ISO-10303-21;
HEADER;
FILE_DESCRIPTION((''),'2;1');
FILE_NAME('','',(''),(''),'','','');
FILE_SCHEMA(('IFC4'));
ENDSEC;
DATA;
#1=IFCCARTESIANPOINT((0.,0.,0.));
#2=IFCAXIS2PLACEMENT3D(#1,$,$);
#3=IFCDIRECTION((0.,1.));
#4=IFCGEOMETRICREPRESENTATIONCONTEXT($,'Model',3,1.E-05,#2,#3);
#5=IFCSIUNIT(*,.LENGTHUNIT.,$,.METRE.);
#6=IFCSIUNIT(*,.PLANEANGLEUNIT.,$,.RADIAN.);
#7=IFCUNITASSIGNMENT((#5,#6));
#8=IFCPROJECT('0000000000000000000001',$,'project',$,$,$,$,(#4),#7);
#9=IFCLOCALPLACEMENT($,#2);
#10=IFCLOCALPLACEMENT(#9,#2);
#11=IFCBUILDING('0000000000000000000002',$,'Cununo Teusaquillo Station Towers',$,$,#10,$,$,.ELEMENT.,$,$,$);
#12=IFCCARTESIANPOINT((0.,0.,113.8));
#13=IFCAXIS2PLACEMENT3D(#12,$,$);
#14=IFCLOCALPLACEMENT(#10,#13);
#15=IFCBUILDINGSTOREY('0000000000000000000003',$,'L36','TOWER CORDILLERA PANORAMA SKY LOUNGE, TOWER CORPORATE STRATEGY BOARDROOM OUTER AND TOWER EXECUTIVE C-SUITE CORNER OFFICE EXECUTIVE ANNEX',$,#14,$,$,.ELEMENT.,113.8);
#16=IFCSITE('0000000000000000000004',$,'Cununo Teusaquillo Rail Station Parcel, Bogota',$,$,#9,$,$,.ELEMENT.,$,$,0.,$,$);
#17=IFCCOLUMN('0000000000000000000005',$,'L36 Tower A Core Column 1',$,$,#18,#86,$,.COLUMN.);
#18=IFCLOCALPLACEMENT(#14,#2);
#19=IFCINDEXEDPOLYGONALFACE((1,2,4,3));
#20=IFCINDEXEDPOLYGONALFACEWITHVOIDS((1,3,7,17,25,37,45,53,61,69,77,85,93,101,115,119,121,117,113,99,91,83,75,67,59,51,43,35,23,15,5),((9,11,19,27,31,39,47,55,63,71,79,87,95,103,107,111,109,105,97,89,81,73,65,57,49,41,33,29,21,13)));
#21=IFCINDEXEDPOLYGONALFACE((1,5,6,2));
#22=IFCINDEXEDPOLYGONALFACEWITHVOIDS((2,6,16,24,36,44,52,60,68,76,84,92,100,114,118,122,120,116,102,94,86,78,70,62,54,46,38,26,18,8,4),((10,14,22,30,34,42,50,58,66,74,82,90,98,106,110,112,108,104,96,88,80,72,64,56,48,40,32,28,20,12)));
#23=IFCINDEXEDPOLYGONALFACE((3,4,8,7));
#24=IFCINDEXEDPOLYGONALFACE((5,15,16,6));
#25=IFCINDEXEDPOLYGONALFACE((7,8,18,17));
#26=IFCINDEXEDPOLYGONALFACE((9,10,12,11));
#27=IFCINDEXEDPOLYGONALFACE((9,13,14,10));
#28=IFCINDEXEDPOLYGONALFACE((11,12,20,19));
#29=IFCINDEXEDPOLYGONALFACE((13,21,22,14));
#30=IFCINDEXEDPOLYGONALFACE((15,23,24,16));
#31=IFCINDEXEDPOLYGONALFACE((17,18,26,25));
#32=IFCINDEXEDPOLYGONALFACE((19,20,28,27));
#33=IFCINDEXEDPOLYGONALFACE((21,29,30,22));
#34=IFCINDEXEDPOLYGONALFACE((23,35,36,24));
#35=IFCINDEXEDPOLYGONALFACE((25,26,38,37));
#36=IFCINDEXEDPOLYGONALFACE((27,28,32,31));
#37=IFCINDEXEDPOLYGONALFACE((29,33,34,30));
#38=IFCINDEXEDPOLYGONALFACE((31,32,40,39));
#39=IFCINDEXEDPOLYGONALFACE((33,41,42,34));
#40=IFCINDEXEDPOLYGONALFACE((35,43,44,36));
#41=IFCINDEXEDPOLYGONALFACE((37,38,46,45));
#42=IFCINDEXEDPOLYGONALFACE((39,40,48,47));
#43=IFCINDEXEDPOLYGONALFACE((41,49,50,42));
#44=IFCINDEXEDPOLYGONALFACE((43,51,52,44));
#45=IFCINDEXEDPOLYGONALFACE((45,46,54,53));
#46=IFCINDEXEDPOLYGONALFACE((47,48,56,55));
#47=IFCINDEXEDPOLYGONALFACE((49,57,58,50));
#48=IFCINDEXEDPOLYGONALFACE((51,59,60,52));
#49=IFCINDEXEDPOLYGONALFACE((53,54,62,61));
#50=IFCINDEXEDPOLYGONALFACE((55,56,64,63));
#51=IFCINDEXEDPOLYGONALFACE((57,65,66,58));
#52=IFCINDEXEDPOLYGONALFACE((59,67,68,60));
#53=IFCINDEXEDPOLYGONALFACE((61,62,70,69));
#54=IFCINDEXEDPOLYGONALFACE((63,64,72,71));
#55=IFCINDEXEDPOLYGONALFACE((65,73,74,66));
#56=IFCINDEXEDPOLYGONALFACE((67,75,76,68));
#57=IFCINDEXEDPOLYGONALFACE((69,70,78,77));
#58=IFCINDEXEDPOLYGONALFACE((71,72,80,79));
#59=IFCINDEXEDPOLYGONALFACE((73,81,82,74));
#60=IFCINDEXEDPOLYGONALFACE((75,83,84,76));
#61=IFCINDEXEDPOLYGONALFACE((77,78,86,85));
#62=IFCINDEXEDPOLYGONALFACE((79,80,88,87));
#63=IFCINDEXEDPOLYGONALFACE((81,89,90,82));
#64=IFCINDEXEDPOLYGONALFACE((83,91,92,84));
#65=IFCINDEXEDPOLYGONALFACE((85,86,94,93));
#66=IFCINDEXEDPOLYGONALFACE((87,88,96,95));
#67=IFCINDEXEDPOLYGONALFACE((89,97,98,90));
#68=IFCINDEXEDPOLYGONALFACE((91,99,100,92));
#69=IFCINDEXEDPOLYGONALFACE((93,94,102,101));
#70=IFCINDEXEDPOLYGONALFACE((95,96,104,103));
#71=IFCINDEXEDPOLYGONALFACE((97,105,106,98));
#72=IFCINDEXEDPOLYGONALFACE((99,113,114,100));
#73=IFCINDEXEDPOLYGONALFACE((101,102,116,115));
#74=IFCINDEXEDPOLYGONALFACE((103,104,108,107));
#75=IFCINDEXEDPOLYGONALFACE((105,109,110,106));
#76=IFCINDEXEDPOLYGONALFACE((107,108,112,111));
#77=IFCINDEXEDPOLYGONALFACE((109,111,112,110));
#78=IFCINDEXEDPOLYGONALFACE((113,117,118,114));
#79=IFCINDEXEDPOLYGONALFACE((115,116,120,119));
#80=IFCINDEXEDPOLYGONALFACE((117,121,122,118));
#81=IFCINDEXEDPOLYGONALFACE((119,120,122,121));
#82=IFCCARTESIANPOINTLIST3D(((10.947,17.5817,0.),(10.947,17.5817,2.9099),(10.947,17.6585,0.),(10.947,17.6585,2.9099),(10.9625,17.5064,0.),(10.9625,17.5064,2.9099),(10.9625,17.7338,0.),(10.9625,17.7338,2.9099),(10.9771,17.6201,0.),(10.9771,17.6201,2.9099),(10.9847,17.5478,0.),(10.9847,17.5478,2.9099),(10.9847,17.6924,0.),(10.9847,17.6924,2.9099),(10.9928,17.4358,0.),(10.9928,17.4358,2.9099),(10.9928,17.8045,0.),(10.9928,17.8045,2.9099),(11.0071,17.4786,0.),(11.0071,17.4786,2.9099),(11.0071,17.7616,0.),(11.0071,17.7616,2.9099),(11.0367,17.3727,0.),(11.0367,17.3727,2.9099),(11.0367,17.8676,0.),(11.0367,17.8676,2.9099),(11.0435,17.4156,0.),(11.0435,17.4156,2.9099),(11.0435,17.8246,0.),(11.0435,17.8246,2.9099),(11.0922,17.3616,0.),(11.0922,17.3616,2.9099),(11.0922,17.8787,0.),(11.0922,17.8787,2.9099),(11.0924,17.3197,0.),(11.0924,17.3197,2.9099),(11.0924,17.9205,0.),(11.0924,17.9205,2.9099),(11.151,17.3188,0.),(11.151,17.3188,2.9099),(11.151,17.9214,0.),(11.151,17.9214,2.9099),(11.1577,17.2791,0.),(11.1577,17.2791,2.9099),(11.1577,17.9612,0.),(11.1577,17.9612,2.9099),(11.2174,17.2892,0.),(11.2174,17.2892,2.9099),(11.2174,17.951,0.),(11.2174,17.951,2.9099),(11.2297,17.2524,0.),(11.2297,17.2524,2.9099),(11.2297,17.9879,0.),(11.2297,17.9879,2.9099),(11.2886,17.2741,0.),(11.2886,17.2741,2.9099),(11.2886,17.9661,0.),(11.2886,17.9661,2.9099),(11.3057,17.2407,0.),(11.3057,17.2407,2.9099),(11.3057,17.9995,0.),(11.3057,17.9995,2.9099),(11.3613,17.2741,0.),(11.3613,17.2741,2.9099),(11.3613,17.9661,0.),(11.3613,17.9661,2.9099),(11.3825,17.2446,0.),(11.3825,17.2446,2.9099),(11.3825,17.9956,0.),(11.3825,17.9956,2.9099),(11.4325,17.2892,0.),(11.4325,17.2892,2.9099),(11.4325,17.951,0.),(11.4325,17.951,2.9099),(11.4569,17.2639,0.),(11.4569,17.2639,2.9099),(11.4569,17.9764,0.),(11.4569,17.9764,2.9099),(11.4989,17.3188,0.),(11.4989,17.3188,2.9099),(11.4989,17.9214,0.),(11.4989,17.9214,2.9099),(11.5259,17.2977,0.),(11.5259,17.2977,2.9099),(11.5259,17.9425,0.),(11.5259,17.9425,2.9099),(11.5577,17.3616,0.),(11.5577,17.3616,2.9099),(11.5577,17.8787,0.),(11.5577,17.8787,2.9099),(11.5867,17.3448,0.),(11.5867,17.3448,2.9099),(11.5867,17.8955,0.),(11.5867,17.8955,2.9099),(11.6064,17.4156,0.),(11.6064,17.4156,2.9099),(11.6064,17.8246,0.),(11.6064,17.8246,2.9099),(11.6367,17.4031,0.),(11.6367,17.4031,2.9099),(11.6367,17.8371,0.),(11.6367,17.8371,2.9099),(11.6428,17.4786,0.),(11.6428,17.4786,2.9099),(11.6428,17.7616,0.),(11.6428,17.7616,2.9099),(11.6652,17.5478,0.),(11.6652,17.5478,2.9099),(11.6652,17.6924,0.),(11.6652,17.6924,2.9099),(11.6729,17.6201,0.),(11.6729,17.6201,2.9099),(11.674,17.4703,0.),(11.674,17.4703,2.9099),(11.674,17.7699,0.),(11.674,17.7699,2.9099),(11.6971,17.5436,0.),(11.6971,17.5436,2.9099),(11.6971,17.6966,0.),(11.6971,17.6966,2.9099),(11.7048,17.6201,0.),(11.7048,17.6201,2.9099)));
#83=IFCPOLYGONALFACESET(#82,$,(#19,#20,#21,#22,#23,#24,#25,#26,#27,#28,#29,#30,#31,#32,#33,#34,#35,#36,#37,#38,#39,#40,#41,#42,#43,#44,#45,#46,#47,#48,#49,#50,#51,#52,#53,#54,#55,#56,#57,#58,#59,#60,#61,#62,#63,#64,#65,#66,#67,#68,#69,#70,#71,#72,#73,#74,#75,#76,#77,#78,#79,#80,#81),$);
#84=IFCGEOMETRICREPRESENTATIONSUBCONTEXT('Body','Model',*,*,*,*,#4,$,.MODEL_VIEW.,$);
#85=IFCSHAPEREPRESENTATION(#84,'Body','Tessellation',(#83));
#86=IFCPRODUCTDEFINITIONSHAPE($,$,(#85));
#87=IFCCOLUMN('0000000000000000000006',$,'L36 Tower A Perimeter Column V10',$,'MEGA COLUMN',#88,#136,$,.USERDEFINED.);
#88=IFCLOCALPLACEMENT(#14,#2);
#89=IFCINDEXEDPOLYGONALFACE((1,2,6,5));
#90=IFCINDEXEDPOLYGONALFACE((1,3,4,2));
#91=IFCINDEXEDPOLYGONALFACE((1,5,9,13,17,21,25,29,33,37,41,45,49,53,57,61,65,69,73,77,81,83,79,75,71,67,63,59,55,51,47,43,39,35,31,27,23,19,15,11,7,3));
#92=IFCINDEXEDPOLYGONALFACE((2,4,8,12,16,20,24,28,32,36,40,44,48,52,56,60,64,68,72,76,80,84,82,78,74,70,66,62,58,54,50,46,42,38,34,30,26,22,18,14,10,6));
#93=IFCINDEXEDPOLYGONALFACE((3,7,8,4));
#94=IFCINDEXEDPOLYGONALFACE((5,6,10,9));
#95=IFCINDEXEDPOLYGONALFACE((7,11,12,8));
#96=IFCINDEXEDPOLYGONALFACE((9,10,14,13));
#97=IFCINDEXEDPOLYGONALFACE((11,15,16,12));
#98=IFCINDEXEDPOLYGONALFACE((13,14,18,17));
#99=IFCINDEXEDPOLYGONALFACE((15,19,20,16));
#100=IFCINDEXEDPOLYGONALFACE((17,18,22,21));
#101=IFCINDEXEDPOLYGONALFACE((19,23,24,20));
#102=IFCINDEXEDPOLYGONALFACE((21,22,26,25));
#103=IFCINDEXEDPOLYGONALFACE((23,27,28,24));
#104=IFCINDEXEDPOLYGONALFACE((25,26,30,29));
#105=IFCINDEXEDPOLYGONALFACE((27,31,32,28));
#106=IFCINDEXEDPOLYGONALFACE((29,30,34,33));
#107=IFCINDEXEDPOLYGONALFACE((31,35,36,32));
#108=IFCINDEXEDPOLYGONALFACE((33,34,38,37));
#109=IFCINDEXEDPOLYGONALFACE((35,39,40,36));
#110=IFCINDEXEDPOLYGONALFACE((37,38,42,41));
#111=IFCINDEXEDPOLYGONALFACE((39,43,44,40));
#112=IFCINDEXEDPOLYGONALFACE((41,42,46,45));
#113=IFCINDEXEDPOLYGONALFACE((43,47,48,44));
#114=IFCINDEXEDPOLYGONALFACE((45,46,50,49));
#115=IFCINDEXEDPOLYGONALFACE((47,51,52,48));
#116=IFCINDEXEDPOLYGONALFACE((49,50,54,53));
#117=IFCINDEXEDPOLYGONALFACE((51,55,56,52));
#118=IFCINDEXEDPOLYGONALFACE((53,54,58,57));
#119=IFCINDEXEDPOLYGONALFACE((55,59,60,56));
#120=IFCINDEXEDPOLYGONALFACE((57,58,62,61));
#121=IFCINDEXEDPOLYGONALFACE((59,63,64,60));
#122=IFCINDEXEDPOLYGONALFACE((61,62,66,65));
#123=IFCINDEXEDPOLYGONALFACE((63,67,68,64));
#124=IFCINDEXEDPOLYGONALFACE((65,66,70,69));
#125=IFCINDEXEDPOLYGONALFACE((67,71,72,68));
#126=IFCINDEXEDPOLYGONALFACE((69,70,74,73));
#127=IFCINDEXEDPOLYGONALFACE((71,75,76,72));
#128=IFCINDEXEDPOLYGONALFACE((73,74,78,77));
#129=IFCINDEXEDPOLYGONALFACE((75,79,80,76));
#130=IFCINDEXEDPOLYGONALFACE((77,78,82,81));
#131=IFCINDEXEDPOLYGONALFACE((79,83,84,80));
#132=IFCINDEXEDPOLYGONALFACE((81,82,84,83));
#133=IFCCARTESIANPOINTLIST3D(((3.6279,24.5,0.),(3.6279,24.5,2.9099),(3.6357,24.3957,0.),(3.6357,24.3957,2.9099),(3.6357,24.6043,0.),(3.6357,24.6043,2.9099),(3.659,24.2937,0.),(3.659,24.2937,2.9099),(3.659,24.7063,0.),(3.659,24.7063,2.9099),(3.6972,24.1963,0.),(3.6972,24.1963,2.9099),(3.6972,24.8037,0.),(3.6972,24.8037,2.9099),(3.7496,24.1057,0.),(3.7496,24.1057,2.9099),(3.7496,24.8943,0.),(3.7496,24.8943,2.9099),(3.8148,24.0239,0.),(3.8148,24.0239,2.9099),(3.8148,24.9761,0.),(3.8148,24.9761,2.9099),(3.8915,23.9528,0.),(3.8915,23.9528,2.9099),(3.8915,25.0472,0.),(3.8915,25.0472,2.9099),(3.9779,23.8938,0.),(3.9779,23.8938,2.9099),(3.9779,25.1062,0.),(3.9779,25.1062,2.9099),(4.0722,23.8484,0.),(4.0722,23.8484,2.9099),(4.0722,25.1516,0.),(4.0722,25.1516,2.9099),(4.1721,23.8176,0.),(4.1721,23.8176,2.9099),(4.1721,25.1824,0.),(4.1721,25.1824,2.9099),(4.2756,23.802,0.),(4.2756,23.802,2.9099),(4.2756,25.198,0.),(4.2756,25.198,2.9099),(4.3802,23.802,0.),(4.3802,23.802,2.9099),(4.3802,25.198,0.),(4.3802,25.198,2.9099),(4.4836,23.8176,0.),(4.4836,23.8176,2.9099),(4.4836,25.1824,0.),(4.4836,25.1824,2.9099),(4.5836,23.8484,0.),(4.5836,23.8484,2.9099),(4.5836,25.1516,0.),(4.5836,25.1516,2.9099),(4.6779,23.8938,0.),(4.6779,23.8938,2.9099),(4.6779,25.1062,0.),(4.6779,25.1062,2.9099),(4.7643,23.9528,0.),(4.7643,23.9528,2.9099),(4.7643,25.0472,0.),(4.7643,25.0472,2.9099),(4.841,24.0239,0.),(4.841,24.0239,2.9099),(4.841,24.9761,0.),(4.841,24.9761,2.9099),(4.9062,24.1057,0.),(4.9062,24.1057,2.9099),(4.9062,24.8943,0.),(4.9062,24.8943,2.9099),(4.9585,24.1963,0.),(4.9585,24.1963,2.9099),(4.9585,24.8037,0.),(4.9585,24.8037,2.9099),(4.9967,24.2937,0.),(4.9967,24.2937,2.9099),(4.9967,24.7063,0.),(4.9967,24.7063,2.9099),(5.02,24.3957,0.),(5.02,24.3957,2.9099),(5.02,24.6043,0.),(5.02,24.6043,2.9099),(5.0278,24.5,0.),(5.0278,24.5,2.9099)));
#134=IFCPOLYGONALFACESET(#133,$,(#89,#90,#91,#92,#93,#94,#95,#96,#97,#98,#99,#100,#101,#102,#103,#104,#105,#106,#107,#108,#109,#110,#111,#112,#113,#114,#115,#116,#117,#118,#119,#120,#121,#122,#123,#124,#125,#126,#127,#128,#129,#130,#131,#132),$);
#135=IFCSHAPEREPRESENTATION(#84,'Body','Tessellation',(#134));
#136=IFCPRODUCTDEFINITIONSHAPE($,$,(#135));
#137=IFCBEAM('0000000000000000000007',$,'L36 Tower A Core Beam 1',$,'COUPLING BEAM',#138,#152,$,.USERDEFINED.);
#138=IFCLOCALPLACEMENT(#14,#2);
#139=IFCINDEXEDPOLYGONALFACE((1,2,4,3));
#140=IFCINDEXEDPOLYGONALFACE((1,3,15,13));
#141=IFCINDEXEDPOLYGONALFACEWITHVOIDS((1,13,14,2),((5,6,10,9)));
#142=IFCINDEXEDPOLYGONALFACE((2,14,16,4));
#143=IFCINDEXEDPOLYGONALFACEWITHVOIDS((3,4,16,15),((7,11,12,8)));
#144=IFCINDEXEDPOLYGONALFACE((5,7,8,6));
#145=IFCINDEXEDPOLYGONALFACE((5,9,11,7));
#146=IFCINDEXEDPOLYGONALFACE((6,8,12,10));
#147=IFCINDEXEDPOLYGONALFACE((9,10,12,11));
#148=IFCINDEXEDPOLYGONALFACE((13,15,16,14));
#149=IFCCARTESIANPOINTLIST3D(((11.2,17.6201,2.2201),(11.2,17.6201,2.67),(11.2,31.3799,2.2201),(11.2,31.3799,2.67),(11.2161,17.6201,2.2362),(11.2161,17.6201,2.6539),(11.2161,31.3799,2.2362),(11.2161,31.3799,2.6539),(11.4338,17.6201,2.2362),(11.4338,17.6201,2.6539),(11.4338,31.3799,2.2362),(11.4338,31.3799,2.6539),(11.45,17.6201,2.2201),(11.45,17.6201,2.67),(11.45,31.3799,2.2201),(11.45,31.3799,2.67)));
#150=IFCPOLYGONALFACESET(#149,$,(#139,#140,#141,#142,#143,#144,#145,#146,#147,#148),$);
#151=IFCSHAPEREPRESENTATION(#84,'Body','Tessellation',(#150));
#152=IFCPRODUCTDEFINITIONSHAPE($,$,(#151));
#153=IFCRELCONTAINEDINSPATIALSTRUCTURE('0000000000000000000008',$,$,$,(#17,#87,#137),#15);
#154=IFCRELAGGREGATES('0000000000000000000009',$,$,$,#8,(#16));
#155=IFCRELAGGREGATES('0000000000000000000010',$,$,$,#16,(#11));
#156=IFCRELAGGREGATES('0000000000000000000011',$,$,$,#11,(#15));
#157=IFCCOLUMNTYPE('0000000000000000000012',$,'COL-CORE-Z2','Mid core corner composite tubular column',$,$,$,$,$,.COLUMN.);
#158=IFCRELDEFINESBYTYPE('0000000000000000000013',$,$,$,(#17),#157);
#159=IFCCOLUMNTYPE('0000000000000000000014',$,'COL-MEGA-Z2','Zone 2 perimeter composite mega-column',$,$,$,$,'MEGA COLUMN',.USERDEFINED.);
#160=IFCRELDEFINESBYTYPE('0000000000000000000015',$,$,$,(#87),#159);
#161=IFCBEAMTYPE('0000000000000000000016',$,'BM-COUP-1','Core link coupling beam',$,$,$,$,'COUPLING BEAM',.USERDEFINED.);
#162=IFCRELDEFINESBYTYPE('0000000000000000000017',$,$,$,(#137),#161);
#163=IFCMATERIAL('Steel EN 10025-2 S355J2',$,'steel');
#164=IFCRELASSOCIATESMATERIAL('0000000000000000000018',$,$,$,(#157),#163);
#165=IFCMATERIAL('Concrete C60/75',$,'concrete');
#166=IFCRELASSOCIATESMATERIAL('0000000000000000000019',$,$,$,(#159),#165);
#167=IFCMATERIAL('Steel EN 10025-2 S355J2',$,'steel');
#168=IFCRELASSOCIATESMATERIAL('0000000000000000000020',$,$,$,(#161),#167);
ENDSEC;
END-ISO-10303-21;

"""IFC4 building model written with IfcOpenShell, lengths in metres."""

from ifc_helpers import new_model, si_unit, direction, frame, origin, origin_2d, place, context, subcontext, project, spatial, hollow_rectangle, circle, hollow_circle, extrude, material, material_profile, profile_set, type_object, element, save


model = new_model("IFC4")

# Units and contexts
model_context = context("Model", 3, precision=1e-05, world=origin(), true_north=direction((0.0, 1.0)))
body_context = subcontext(model_context, "Body", "Model", "MODEL_VIEW")
ifc_project = project(units=[si_unit("LENGTHUNIT", "METRE"), si_unit("PLANEANGLEUNIT", "RADIAN")], contexts=[model_context])

# Site, building, storey
site_placement = place(None, origin())
site = spatial("IfcSite", under=ifc_project, at=site_placement, Name="Cununo Teusaquillo Rail Station Parcel, Bogota", CompositionType="ELEMENT", RefElevation=0.0)
building_placement = place(site_placement, origin())
building = spatial("IfcBuilding", under=site, at=building_placement, Name="Cununo Teusaquillo Station Towers", CompositionType="ELEMENT")
storey_placement = place(building_placement, frame((0.0, 0.0, 113.8)))
storey = spatial("IfcBuildingStorey", under=building, at=storey_placement, Name="L36", Description="TOWER CORDILLERA PANORAMA SKY LOUNGE, TOWER CORPORATE STRATEGY BOARDROOM OUTER AND TOWER EXECUTIVE C-SUITE CORNER OFFICE EXECUTIVE ANNEX", CompositionType="ELEMENT", Elevation=113.8)

# Columns
ifc_material_1 = material(Name="Steel EN 10025-2 S355J2", Category="steel")
ifc_material_profile_1 = material_profile(ifc_material_1, hollow_circle(Radius=0.3799, WallThickness=0.032, at=origin_2d()), Name="CHS 760x32")
ifc_profile_set_1 = profile_set([ifc_material_profile_1], Name="Steel EN 10025-2 S355J2")
column_type_1 = type_object("IfcColumnType", Name="COL-CORE-Z2", Description="Mid core corner composite tubular column", PredefinedType="COLUMN", material=ifc_profile_set_1)
column_1_placement = place(storey_placement, frame((11.325, 17.6201, 0.0), z_axis=(0.0, 0.0, 1.0), x_axis=(1.0, 0.0, 0.0)))
element("IfcColumn", 1, at=column_1_placement, inside=storey, type_object=column_type_1, Name="L36 Tower A Core Column 1", PredefinedType="COLUMN", context=body_context, shape_type="SweptSolid", body=[
    extrude(hollow_circle(Radius=0.3799, WallThickness=0.032, at=origin_2d()), origin(), (0.0, 0.0, 1.0), 2.9099),
])
ifc_material_2 = material(Name="Concrete C60/75", Category="concrete")
ifc_material_profile_2 = material_profile(ifc_material_2, circle(Radius=0.7, at=origin_2d()), Name="RC-CIRC-1400")
ifc_profile_set_2 = profile_set([ifc_material_profile_2], Name="Concrete C60/75")
column_type_2 = type_object("IfcColumnType", Name="COL-MEGA-Z2", Description="Zone 2 perimeter composite mega-column", ElementType="MEGA COLUMN", PredefinedType="USERDEFINED", material=ifc_profile_set_2)
column_2_placement = place(storey_placement, frame((4.3279, 24.5, 0.0), z_axis=(0.0, 0.0, 1.0), x_axis=(1.0, 0.0, 0.0)))
element("IfcColumn", 2, at=column_2_placement, inside=storey, type_object=column_type_2, Name="L36 Tower A Perimeter Column V10", ObjectType="MEGA COLUMN", PredefinedType="USERDEFINED", context=body_context, shape_type="SweptSolid", body=[
    extrude(circle(Radius=0.7, at=origin_2d()), origin(), (0.0, 0.0, 1.0), 2.9099),
])

# Beam
ifc_material_3 = material(Name="Steel EN 10025-2 S355J2", Category="steel")
ifc_material_profile_3 = material_profile(ifc_material_3, hollow_rectangle(XDim=0.25, YDim=0.45, WallThickness=0.0161, at=origin_2d()), Name="RHS 450x250x16")
ifc_profile_set_3 = profile_set([ifc_material_profile_3], Name="Steel EN 10025-2 S355J2")
beam_type_1 = type_object("IfcBeamType", Name="BM-COUP-1", Description="Core link coupling beam", ElementType="COUPLING BEAM", PredefinedType="USERDEFINED", material=ifc_profile_set_3)
beam_1_placement = place(storey_placement, frame((11.325, 17.6201, 2.4451), z_axis=(0.0, 1.0, 0.0), x_axis=(-1.0, 0.0, 0.0)))
element("IfcBeam", 3, at=beam_1_placement, inside=storey, type_object=beam_type_1, Name="L36 Tower A Core Beam 1", ObjectType="COUPLING BEAM", PredefinedType="USERDEFINED", context=body_context, shape_type="SweptSolid", body=[
    extrude(hollow_rectangle(XDim=0.25, YDim=0.45, WallThickness=0.0161, at=origin_2d()), origin(), (0.0, 0.0, 1.0), 13.7598),
])

save(model, "model.ifc")
